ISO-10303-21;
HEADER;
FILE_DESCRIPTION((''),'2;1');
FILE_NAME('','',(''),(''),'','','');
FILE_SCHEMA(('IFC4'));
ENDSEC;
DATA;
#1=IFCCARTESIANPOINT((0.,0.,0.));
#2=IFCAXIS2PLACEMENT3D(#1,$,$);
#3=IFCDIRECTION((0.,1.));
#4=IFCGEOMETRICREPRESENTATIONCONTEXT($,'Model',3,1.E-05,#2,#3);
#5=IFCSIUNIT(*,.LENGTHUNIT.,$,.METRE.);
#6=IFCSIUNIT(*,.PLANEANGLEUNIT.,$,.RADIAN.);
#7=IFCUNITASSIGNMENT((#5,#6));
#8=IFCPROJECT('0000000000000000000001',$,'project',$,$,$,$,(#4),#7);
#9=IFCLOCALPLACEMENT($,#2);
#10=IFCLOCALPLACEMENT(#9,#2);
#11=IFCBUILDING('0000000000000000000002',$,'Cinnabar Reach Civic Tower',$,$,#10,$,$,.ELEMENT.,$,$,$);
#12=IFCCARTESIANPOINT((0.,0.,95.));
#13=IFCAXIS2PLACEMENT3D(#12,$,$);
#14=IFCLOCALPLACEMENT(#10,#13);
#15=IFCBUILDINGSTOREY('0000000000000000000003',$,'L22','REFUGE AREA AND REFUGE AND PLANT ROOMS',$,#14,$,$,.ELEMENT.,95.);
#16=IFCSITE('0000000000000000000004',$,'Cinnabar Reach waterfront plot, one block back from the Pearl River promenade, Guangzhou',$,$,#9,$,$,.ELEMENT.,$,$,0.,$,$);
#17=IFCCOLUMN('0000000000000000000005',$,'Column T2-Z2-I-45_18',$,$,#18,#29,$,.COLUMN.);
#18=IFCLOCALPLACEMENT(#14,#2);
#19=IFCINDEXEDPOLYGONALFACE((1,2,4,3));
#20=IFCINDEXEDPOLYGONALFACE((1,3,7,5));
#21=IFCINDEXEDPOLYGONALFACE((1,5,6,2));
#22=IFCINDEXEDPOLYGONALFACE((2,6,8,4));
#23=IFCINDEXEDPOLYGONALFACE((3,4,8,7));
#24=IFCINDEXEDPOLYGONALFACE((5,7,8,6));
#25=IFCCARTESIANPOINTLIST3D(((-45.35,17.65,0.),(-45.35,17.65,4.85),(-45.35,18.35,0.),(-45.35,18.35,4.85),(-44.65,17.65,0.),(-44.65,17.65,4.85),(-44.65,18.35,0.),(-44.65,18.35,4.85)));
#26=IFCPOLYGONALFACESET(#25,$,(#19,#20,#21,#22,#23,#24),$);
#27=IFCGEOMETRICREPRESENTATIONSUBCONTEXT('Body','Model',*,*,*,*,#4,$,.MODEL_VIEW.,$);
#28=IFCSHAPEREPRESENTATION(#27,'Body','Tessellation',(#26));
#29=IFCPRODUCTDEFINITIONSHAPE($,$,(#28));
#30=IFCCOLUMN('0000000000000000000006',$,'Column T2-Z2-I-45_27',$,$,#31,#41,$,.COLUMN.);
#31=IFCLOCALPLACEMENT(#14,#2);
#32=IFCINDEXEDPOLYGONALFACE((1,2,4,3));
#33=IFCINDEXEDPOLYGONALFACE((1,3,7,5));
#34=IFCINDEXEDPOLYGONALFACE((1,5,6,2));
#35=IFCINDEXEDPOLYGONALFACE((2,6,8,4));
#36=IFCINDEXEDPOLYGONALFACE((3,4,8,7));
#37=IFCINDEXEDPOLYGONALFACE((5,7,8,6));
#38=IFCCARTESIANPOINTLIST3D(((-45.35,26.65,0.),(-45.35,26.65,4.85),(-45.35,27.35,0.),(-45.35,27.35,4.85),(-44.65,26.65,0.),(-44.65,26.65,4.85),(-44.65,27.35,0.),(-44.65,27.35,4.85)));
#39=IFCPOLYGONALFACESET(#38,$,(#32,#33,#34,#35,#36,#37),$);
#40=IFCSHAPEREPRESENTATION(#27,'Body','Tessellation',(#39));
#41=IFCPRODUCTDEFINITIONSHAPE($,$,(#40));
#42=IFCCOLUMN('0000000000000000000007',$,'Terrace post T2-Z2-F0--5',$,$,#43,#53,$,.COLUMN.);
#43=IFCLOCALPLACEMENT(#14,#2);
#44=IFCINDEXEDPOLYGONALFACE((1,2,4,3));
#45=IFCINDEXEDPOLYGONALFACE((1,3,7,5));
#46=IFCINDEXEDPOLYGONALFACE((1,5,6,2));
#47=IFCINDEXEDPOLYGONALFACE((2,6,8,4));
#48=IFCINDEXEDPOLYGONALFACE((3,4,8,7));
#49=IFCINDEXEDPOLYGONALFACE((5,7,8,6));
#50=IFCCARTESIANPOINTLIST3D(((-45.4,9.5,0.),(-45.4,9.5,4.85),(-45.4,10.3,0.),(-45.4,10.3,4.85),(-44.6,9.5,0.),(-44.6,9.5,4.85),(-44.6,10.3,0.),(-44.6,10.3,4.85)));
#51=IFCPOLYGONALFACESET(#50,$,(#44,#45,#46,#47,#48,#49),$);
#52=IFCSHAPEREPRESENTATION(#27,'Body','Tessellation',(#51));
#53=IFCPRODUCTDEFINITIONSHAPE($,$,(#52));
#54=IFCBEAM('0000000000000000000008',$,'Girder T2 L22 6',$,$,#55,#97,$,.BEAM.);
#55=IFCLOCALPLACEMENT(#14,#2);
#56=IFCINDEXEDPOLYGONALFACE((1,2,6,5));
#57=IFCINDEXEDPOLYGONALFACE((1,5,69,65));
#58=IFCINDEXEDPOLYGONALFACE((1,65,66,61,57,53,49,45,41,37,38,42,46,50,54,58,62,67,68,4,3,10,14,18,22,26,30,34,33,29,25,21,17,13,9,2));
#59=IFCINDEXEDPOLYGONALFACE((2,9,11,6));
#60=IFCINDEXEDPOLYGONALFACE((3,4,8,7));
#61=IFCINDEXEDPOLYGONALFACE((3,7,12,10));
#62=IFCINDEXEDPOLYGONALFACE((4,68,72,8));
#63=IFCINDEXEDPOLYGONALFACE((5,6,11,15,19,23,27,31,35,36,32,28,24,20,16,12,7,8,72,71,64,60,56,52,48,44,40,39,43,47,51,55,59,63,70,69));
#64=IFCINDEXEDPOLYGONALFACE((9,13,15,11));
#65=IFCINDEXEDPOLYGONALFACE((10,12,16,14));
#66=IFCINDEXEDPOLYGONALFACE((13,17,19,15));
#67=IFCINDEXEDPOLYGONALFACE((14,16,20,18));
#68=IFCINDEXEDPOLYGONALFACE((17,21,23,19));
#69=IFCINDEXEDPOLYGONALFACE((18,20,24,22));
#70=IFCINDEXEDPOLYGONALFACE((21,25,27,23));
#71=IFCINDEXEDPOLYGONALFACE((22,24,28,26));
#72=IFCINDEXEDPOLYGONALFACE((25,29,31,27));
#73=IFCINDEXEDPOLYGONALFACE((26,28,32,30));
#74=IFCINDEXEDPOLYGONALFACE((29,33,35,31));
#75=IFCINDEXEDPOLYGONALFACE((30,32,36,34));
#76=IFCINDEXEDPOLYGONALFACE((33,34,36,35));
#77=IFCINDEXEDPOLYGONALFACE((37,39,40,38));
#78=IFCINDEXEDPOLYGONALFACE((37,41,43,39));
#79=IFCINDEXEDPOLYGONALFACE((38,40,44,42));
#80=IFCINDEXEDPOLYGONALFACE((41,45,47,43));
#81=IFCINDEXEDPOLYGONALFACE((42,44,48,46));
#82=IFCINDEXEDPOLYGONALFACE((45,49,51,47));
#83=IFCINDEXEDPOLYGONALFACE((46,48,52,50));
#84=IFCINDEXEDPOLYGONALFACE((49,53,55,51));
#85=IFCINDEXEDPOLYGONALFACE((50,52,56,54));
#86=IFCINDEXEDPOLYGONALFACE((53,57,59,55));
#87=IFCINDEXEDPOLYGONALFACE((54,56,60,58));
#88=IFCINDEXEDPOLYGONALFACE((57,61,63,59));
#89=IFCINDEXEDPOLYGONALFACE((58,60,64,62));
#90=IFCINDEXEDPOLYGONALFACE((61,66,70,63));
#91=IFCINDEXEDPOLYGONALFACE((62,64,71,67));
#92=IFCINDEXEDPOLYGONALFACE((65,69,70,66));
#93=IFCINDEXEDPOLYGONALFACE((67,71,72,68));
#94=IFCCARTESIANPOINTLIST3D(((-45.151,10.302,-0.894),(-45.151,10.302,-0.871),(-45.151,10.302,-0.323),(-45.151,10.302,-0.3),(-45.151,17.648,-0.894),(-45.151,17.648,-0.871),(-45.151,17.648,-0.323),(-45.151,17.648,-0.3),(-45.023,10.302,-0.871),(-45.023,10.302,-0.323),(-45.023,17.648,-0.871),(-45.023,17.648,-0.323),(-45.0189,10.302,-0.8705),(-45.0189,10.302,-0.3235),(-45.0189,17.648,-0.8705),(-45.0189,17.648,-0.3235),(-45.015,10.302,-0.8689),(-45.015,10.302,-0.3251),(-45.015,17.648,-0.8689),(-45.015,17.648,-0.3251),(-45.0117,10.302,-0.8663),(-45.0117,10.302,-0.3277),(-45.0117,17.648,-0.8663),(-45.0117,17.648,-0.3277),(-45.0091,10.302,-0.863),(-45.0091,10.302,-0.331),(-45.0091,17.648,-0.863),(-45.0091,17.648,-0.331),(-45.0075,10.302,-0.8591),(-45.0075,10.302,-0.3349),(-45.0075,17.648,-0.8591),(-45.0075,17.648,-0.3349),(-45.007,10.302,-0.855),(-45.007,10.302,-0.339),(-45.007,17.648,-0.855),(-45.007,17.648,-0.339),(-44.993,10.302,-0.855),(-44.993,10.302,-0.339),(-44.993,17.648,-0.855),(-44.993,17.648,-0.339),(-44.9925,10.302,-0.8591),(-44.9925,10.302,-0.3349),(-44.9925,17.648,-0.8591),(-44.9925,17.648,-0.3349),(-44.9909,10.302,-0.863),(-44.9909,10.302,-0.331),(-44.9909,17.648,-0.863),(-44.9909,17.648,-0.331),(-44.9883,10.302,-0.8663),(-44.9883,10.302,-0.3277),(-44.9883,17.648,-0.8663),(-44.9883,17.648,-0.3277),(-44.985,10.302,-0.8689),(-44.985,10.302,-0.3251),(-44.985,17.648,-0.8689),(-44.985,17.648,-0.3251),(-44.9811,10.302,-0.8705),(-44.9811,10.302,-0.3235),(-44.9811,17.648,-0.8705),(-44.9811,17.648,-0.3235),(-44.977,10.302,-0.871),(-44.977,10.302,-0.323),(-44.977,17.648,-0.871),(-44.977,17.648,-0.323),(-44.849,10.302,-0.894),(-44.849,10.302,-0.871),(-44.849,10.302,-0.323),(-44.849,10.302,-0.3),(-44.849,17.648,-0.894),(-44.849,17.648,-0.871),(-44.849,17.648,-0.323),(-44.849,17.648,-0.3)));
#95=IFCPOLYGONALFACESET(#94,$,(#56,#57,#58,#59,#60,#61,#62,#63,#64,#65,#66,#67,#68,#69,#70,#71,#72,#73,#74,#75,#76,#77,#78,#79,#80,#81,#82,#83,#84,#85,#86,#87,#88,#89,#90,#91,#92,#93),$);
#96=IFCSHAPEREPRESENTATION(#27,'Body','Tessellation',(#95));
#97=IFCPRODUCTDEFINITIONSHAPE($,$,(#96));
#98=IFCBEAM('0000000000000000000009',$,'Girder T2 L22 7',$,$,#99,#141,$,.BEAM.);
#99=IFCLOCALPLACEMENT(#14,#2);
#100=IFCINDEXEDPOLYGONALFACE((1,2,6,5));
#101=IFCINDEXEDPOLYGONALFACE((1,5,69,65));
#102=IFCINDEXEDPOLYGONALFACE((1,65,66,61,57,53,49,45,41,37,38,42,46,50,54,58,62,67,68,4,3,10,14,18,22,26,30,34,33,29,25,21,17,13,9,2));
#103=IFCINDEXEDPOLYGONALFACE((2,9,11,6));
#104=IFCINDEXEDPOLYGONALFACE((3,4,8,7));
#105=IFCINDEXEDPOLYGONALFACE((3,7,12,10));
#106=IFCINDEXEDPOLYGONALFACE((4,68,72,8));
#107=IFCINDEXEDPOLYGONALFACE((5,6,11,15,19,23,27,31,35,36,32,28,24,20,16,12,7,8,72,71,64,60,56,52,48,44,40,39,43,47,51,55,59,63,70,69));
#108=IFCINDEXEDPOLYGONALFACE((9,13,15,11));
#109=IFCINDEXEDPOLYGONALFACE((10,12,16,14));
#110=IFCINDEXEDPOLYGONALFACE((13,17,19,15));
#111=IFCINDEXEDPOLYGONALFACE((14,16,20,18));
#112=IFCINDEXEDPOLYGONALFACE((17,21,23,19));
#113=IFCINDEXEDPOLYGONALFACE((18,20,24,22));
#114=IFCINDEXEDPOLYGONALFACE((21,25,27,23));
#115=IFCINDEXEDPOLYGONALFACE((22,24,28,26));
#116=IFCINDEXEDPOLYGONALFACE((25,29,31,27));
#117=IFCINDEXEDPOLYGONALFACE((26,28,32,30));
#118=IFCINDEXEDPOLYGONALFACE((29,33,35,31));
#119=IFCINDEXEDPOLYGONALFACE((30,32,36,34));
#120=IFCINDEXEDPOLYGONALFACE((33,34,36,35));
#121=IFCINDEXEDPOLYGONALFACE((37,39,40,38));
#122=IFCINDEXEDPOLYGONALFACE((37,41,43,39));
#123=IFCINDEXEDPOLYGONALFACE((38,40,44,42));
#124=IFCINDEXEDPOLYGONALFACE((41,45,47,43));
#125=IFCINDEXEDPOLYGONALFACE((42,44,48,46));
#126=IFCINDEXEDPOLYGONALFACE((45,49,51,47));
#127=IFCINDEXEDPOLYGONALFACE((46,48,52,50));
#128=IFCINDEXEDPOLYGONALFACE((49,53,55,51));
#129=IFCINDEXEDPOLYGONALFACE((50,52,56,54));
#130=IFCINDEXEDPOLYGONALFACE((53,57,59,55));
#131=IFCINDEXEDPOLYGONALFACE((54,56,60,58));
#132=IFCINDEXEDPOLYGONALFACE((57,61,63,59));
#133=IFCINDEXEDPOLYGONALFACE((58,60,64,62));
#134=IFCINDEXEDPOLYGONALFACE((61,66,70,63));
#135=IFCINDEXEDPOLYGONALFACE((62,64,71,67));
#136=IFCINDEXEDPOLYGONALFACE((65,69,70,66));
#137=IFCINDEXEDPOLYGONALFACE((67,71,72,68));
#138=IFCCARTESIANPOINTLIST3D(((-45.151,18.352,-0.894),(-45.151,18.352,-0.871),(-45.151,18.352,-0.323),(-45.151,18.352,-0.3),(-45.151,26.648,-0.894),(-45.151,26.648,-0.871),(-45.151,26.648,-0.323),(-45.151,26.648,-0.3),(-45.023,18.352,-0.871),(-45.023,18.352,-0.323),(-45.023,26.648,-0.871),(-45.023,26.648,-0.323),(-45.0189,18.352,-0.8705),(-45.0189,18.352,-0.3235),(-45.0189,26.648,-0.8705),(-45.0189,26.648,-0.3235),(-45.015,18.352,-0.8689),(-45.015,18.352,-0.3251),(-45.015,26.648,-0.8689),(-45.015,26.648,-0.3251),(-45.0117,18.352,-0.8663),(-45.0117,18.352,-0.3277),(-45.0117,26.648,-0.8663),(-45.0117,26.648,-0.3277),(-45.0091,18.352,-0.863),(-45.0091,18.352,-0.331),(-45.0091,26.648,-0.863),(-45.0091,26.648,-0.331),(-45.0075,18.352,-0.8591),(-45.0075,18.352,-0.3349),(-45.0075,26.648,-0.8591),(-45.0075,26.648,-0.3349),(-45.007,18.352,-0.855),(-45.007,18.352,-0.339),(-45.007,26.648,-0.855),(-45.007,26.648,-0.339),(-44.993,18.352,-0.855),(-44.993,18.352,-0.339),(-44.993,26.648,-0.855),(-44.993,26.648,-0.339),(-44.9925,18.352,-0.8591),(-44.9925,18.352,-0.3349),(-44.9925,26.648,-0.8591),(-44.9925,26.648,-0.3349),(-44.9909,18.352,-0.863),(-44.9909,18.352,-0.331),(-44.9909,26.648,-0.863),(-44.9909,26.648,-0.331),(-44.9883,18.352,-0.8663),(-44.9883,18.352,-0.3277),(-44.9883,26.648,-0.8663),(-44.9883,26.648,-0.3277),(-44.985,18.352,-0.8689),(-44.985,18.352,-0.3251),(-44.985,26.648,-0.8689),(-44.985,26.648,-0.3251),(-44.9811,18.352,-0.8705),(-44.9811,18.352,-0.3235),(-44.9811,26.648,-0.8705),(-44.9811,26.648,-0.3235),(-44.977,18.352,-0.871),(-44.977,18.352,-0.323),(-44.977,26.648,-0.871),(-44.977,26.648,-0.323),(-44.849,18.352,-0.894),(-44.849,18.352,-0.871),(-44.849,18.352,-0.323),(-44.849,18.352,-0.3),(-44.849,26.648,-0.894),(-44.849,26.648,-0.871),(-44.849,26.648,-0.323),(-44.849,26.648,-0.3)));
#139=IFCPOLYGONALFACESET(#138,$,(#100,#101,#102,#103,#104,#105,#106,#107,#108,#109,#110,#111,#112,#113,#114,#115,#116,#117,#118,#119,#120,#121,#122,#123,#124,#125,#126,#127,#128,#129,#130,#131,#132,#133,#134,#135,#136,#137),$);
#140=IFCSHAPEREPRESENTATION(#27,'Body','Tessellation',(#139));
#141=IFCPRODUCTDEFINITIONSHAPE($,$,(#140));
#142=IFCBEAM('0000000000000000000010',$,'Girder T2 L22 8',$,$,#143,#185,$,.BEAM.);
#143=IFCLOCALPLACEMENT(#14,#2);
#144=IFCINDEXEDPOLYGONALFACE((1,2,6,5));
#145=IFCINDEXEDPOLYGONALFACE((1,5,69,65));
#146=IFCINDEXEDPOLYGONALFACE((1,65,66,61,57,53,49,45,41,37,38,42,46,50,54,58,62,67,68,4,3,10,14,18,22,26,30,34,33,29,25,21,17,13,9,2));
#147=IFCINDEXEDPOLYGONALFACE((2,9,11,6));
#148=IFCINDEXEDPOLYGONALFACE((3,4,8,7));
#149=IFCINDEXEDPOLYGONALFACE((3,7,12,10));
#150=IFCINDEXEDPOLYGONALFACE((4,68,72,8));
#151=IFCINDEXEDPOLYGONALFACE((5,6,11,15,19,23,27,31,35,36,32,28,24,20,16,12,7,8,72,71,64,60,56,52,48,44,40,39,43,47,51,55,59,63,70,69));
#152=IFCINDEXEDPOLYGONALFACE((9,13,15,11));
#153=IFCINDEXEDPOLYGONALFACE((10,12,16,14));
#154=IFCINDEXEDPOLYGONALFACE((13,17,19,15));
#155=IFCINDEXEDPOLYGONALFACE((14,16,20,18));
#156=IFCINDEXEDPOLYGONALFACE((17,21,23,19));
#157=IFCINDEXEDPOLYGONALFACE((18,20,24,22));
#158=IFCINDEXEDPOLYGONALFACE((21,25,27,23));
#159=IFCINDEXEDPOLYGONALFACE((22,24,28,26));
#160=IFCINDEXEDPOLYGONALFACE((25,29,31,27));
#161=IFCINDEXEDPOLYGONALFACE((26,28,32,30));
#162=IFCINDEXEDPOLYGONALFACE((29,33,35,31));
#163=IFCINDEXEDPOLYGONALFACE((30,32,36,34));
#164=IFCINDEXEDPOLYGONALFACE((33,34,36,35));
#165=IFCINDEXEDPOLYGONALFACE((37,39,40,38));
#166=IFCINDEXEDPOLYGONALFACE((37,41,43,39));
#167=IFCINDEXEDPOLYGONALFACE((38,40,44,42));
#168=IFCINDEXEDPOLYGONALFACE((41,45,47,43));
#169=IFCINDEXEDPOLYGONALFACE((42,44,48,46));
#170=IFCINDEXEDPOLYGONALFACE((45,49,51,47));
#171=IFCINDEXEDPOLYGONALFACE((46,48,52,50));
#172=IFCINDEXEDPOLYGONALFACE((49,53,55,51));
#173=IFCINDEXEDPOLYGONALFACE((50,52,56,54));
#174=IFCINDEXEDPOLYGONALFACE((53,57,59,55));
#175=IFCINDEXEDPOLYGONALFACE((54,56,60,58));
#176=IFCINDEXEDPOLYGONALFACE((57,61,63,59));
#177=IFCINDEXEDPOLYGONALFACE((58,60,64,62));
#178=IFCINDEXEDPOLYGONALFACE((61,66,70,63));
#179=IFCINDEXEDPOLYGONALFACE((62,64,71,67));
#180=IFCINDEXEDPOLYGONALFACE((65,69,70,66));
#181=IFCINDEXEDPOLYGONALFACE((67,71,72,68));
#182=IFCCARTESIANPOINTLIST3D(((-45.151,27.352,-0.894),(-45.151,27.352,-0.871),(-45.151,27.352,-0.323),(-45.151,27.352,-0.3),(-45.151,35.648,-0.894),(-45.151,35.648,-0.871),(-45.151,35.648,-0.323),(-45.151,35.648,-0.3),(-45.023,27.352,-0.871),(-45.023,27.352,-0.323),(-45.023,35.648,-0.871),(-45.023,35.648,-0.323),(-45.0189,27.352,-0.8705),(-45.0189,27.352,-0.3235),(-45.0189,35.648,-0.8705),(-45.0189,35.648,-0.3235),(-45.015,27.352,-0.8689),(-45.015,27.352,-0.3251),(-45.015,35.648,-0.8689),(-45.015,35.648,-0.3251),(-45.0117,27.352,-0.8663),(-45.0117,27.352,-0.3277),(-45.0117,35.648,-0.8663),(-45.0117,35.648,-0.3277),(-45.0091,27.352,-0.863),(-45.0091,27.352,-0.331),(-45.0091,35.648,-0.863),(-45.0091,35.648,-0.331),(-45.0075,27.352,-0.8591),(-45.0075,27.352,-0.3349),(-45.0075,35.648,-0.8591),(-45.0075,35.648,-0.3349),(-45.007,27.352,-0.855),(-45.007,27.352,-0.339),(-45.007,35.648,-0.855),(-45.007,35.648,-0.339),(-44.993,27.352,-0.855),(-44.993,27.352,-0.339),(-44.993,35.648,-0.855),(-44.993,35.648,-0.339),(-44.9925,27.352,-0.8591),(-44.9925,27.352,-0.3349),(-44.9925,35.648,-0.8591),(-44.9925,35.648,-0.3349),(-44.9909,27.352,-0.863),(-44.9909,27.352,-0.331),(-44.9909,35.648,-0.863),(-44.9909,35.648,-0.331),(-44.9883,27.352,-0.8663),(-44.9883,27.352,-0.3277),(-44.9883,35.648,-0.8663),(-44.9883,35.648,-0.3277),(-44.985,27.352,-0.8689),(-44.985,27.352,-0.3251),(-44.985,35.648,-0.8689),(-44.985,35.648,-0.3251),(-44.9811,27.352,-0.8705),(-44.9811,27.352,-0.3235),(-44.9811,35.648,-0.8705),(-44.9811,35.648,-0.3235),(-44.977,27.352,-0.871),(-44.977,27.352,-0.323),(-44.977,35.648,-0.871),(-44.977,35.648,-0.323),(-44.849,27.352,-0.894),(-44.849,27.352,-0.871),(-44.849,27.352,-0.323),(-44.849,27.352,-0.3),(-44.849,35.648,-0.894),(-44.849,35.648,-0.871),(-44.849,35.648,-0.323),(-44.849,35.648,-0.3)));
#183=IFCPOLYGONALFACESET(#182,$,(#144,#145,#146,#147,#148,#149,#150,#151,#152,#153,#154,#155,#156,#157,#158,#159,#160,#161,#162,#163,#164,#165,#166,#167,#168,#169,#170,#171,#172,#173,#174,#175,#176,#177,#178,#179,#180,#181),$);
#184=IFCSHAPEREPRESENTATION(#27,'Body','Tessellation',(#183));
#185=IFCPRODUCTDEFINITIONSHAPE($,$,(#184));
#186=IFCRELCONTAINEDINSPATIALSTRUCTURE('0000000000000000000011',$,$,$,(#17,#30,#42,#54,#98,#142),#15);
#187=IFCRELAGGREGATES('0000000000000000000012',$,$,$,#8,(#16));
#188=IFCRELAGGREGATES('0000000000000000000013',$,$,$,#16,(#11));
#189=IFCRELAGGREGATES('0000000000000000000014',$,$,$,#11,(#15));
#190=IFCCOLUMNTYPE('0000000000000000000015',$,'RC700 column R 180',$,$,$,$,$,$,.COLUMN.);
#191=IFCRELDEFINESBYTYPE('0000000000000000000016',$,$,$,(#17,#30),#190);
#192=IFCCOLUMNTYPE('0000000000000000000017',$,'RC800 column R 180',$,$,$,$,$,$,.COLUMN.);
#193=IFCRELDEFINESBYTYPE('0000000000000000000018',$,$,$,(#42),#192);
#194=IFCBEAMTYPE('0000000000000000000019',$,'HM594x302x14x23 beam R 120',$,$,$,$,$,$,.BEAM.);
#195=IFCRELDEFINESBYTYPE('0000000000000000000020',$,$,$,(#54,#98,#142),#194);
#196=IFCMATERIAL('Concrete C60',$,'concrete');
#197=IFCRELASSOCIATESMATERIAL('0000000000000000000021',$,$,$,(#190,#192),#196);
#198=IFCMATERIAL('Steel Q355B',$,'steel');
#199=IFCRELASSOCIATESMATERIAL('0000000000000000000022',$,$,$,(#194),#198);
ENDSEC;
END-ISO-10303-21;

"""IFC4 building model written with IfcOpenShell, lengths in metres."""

from ifc_helpers import new_model, si_unit, direction, frame, origin, origin_2d, place, context, subcontext, project, spatial, rectangle, i_section, extrude, material, material_profile, profile_set, type_object, element, save


model = new_model("IFC4")

# Units and contexts
model_context = context("Model", 3, precision=1e-05, world=origin(), true_north=direction((0.0, 1.0)))
body_context = subcontext(model_context, "Body", "Model", "MODEL_VIEW")
ifc_project = project(units=[si_unit("LENGTHUNIT", "METRE"), si_unit("PLANEANGLEUNIT", "RADIAN")], contexts=[model_context])

# Site, building, storey
site_placement = place(None, origin())
site = spatial("IfcSite", under=ifc_project, at=site_placement, Name="Cinnabar Reach waterfront plot, one block back from the Pearl River promenade, Guangzhou", CompositionType="ELEMENT", RefElevation=0.0)
building_placement = place(site_placement, origin())
building = spatial("IfcBuilding", under=site, at=building_placement, Name="Cinnabar Reach Civic Tower", CompositionType="ELEMENT")
storey_placement = place(building_placement, frame((0.0, 0.0, 95.0)))
storey = spatial("IfcBuildingStorey", under=building, at=storey_placement, Name="L22", Description="REFUGE AREA AND REFUGE AND PLANT ROOMS", CompositionType="ELEMENT", Elevation=95.0)

# Columns
ifc_material_1 = material(Name="Concrete C60", Category="concrete")
ifc_material_profile_1 = material_profile(ifc_material_1, rectangle(XDim=0.7, YDim=0.7, at=origin_2d()), Name="RC700")
ifc_profile_set_1 = profile_set([ifc_material_profile_1], Name="Concrete C60")
column_type_1 = type_object("IfcColumnType", Name="RC700 column R 180", PredefinedType="COLUMN", material=ifc_profile_set_1)
for number, where, z_axis, x_axis, name in (
    (1, (-45.0, 18.0, 0.0), (0.0, 0.0, 1.0), (1.0, 0.0, 0.0), "Column T2-Z2-I-45_18"),
    (2, (-45.0, 27.0, 0.0), (0.0, 0.0, 1.0), (1.0, 0.0, 0.0), "Column T2-Z2-I-45_27"),
):
    element("IfcColumn", number, at=place(storey_placement, frame(where, z_axis=z_axis, x_axis=x_axis)), inside=storey, type_object=column_type_1, Name=name, PredefinedType="COLUMN", context=body_context, shape_type="SweptSolid", body=[
        extrude(rectangle(XDim=0.7, YDim=0.7, at=origin_2d()), origin(), (0.0, 0.0, 1.0), 4.85),
    ])
ifc_material_profile_2 = material_profile(ifc_material_1, rectangle(XDim=0.8, YDim=0.8, at=origin_2d()), Name="RC800")
ifc_profile_set_2 = profile_set([ifc_material_profile_2], Name="Concrete C60")
column_type_2 = type_object("IfcColumnType", Name="RC800 column R 180", PredefinedType="COLUMN", material=ifc_profile_set_2)
column_placement = place(storey_placement, frame((-45.0, 9.9, 0.0), z_axis=(0.0, 0.0, 1.0), x_axis=(1.0, 0.0, 0.0)))
element("IfcColumn", 3, at=column_placement, inside=storey, type_object=column_type_2, Name="Terrace post T2-Z2-F0--5", PredefinedType="COLUMN", context=body_context, shape_type="SweptSolid", body=[
    extrude(rectangle(XDim=0.8, YDim=0.8, at=origin_2d()), origin(), (0.0, 0.0, 1.0), 4.85),
])

# Beams
ifc_material_2 = material(Name="Steel Q355B", Category="steel")
ifc_material_profile_3 = material_profile(ifc_material_2, i_section(OverallWidth=0.302, OverallDepth=0.594, WebThickness=0.014, FlangeThickness=0.023, FilletRadius=0.016, at=origin_2d()), Name="HM594x302x14x23")
ifc_profile_set_3 = profile_set([ifc_material_profile_3], Name="Steel Q355B")
beam_type_1 = type_object("IfcBeamType", Name="HM594x302x14x23 beam R 120", PredefinedType="BEAM", material=ifc_profile_set_3)
beam_1_placement = place(storey_placement, frame((-45.0, 10.302, -0.597), z_axis=(0.0, 1.0, 0.0), x_axis=(-1.0, 0.0, 0.0)))
element("IfcBeam", 4, at=beam_1_placement, inside=storey, type_object=beam_type_1, Name="Girder T2 L22 6", PredefinedType="BEAM", context=body_context, shape_type="SweptSolid", body=[
    extrude(i_section(OverallWidth=0.302, OverallDepth=0.594, WebThickness=0.014, FlangeThickness=0.023, FilletRadius=0.016, at=origin_2d()), origin(), (0.0, 0.0, 1.0), 7.346),
])
for number, where, z_axis, x_axis, name in (
    (5, (-45.0, 18.352, -0.597), (0.0, 1.0, 0.0), (-1.0, 0.0, 0.0), "Girder T2 L22 7"),
    (6, (-45.0, 27.352, -0.597), (0.0, 1.0, 0.0), (-1.0, 0.0, 0.0), "Girder T2 L22 8"),
):
    element("IfcBeam", number, at=place(storey_placement, frame(where, z_axis=z_axis, x_axis=x_axis)), inside=storey, type_object=beam_type_1, Name=name, PredefinedType="BEAM", context=body_context, shape_type="SweptSolid", body=[
        extrude(i_section(OverallWidth=0.302, OverallDepth=0.594, WebThickness=0.014, FlangeThickness=0.023, FilletRadius=0.016, at=origin_2d()), origin(), (0.0, 0.0, 1.0), 8.296),
    ])

save(model, "model.ifc")
